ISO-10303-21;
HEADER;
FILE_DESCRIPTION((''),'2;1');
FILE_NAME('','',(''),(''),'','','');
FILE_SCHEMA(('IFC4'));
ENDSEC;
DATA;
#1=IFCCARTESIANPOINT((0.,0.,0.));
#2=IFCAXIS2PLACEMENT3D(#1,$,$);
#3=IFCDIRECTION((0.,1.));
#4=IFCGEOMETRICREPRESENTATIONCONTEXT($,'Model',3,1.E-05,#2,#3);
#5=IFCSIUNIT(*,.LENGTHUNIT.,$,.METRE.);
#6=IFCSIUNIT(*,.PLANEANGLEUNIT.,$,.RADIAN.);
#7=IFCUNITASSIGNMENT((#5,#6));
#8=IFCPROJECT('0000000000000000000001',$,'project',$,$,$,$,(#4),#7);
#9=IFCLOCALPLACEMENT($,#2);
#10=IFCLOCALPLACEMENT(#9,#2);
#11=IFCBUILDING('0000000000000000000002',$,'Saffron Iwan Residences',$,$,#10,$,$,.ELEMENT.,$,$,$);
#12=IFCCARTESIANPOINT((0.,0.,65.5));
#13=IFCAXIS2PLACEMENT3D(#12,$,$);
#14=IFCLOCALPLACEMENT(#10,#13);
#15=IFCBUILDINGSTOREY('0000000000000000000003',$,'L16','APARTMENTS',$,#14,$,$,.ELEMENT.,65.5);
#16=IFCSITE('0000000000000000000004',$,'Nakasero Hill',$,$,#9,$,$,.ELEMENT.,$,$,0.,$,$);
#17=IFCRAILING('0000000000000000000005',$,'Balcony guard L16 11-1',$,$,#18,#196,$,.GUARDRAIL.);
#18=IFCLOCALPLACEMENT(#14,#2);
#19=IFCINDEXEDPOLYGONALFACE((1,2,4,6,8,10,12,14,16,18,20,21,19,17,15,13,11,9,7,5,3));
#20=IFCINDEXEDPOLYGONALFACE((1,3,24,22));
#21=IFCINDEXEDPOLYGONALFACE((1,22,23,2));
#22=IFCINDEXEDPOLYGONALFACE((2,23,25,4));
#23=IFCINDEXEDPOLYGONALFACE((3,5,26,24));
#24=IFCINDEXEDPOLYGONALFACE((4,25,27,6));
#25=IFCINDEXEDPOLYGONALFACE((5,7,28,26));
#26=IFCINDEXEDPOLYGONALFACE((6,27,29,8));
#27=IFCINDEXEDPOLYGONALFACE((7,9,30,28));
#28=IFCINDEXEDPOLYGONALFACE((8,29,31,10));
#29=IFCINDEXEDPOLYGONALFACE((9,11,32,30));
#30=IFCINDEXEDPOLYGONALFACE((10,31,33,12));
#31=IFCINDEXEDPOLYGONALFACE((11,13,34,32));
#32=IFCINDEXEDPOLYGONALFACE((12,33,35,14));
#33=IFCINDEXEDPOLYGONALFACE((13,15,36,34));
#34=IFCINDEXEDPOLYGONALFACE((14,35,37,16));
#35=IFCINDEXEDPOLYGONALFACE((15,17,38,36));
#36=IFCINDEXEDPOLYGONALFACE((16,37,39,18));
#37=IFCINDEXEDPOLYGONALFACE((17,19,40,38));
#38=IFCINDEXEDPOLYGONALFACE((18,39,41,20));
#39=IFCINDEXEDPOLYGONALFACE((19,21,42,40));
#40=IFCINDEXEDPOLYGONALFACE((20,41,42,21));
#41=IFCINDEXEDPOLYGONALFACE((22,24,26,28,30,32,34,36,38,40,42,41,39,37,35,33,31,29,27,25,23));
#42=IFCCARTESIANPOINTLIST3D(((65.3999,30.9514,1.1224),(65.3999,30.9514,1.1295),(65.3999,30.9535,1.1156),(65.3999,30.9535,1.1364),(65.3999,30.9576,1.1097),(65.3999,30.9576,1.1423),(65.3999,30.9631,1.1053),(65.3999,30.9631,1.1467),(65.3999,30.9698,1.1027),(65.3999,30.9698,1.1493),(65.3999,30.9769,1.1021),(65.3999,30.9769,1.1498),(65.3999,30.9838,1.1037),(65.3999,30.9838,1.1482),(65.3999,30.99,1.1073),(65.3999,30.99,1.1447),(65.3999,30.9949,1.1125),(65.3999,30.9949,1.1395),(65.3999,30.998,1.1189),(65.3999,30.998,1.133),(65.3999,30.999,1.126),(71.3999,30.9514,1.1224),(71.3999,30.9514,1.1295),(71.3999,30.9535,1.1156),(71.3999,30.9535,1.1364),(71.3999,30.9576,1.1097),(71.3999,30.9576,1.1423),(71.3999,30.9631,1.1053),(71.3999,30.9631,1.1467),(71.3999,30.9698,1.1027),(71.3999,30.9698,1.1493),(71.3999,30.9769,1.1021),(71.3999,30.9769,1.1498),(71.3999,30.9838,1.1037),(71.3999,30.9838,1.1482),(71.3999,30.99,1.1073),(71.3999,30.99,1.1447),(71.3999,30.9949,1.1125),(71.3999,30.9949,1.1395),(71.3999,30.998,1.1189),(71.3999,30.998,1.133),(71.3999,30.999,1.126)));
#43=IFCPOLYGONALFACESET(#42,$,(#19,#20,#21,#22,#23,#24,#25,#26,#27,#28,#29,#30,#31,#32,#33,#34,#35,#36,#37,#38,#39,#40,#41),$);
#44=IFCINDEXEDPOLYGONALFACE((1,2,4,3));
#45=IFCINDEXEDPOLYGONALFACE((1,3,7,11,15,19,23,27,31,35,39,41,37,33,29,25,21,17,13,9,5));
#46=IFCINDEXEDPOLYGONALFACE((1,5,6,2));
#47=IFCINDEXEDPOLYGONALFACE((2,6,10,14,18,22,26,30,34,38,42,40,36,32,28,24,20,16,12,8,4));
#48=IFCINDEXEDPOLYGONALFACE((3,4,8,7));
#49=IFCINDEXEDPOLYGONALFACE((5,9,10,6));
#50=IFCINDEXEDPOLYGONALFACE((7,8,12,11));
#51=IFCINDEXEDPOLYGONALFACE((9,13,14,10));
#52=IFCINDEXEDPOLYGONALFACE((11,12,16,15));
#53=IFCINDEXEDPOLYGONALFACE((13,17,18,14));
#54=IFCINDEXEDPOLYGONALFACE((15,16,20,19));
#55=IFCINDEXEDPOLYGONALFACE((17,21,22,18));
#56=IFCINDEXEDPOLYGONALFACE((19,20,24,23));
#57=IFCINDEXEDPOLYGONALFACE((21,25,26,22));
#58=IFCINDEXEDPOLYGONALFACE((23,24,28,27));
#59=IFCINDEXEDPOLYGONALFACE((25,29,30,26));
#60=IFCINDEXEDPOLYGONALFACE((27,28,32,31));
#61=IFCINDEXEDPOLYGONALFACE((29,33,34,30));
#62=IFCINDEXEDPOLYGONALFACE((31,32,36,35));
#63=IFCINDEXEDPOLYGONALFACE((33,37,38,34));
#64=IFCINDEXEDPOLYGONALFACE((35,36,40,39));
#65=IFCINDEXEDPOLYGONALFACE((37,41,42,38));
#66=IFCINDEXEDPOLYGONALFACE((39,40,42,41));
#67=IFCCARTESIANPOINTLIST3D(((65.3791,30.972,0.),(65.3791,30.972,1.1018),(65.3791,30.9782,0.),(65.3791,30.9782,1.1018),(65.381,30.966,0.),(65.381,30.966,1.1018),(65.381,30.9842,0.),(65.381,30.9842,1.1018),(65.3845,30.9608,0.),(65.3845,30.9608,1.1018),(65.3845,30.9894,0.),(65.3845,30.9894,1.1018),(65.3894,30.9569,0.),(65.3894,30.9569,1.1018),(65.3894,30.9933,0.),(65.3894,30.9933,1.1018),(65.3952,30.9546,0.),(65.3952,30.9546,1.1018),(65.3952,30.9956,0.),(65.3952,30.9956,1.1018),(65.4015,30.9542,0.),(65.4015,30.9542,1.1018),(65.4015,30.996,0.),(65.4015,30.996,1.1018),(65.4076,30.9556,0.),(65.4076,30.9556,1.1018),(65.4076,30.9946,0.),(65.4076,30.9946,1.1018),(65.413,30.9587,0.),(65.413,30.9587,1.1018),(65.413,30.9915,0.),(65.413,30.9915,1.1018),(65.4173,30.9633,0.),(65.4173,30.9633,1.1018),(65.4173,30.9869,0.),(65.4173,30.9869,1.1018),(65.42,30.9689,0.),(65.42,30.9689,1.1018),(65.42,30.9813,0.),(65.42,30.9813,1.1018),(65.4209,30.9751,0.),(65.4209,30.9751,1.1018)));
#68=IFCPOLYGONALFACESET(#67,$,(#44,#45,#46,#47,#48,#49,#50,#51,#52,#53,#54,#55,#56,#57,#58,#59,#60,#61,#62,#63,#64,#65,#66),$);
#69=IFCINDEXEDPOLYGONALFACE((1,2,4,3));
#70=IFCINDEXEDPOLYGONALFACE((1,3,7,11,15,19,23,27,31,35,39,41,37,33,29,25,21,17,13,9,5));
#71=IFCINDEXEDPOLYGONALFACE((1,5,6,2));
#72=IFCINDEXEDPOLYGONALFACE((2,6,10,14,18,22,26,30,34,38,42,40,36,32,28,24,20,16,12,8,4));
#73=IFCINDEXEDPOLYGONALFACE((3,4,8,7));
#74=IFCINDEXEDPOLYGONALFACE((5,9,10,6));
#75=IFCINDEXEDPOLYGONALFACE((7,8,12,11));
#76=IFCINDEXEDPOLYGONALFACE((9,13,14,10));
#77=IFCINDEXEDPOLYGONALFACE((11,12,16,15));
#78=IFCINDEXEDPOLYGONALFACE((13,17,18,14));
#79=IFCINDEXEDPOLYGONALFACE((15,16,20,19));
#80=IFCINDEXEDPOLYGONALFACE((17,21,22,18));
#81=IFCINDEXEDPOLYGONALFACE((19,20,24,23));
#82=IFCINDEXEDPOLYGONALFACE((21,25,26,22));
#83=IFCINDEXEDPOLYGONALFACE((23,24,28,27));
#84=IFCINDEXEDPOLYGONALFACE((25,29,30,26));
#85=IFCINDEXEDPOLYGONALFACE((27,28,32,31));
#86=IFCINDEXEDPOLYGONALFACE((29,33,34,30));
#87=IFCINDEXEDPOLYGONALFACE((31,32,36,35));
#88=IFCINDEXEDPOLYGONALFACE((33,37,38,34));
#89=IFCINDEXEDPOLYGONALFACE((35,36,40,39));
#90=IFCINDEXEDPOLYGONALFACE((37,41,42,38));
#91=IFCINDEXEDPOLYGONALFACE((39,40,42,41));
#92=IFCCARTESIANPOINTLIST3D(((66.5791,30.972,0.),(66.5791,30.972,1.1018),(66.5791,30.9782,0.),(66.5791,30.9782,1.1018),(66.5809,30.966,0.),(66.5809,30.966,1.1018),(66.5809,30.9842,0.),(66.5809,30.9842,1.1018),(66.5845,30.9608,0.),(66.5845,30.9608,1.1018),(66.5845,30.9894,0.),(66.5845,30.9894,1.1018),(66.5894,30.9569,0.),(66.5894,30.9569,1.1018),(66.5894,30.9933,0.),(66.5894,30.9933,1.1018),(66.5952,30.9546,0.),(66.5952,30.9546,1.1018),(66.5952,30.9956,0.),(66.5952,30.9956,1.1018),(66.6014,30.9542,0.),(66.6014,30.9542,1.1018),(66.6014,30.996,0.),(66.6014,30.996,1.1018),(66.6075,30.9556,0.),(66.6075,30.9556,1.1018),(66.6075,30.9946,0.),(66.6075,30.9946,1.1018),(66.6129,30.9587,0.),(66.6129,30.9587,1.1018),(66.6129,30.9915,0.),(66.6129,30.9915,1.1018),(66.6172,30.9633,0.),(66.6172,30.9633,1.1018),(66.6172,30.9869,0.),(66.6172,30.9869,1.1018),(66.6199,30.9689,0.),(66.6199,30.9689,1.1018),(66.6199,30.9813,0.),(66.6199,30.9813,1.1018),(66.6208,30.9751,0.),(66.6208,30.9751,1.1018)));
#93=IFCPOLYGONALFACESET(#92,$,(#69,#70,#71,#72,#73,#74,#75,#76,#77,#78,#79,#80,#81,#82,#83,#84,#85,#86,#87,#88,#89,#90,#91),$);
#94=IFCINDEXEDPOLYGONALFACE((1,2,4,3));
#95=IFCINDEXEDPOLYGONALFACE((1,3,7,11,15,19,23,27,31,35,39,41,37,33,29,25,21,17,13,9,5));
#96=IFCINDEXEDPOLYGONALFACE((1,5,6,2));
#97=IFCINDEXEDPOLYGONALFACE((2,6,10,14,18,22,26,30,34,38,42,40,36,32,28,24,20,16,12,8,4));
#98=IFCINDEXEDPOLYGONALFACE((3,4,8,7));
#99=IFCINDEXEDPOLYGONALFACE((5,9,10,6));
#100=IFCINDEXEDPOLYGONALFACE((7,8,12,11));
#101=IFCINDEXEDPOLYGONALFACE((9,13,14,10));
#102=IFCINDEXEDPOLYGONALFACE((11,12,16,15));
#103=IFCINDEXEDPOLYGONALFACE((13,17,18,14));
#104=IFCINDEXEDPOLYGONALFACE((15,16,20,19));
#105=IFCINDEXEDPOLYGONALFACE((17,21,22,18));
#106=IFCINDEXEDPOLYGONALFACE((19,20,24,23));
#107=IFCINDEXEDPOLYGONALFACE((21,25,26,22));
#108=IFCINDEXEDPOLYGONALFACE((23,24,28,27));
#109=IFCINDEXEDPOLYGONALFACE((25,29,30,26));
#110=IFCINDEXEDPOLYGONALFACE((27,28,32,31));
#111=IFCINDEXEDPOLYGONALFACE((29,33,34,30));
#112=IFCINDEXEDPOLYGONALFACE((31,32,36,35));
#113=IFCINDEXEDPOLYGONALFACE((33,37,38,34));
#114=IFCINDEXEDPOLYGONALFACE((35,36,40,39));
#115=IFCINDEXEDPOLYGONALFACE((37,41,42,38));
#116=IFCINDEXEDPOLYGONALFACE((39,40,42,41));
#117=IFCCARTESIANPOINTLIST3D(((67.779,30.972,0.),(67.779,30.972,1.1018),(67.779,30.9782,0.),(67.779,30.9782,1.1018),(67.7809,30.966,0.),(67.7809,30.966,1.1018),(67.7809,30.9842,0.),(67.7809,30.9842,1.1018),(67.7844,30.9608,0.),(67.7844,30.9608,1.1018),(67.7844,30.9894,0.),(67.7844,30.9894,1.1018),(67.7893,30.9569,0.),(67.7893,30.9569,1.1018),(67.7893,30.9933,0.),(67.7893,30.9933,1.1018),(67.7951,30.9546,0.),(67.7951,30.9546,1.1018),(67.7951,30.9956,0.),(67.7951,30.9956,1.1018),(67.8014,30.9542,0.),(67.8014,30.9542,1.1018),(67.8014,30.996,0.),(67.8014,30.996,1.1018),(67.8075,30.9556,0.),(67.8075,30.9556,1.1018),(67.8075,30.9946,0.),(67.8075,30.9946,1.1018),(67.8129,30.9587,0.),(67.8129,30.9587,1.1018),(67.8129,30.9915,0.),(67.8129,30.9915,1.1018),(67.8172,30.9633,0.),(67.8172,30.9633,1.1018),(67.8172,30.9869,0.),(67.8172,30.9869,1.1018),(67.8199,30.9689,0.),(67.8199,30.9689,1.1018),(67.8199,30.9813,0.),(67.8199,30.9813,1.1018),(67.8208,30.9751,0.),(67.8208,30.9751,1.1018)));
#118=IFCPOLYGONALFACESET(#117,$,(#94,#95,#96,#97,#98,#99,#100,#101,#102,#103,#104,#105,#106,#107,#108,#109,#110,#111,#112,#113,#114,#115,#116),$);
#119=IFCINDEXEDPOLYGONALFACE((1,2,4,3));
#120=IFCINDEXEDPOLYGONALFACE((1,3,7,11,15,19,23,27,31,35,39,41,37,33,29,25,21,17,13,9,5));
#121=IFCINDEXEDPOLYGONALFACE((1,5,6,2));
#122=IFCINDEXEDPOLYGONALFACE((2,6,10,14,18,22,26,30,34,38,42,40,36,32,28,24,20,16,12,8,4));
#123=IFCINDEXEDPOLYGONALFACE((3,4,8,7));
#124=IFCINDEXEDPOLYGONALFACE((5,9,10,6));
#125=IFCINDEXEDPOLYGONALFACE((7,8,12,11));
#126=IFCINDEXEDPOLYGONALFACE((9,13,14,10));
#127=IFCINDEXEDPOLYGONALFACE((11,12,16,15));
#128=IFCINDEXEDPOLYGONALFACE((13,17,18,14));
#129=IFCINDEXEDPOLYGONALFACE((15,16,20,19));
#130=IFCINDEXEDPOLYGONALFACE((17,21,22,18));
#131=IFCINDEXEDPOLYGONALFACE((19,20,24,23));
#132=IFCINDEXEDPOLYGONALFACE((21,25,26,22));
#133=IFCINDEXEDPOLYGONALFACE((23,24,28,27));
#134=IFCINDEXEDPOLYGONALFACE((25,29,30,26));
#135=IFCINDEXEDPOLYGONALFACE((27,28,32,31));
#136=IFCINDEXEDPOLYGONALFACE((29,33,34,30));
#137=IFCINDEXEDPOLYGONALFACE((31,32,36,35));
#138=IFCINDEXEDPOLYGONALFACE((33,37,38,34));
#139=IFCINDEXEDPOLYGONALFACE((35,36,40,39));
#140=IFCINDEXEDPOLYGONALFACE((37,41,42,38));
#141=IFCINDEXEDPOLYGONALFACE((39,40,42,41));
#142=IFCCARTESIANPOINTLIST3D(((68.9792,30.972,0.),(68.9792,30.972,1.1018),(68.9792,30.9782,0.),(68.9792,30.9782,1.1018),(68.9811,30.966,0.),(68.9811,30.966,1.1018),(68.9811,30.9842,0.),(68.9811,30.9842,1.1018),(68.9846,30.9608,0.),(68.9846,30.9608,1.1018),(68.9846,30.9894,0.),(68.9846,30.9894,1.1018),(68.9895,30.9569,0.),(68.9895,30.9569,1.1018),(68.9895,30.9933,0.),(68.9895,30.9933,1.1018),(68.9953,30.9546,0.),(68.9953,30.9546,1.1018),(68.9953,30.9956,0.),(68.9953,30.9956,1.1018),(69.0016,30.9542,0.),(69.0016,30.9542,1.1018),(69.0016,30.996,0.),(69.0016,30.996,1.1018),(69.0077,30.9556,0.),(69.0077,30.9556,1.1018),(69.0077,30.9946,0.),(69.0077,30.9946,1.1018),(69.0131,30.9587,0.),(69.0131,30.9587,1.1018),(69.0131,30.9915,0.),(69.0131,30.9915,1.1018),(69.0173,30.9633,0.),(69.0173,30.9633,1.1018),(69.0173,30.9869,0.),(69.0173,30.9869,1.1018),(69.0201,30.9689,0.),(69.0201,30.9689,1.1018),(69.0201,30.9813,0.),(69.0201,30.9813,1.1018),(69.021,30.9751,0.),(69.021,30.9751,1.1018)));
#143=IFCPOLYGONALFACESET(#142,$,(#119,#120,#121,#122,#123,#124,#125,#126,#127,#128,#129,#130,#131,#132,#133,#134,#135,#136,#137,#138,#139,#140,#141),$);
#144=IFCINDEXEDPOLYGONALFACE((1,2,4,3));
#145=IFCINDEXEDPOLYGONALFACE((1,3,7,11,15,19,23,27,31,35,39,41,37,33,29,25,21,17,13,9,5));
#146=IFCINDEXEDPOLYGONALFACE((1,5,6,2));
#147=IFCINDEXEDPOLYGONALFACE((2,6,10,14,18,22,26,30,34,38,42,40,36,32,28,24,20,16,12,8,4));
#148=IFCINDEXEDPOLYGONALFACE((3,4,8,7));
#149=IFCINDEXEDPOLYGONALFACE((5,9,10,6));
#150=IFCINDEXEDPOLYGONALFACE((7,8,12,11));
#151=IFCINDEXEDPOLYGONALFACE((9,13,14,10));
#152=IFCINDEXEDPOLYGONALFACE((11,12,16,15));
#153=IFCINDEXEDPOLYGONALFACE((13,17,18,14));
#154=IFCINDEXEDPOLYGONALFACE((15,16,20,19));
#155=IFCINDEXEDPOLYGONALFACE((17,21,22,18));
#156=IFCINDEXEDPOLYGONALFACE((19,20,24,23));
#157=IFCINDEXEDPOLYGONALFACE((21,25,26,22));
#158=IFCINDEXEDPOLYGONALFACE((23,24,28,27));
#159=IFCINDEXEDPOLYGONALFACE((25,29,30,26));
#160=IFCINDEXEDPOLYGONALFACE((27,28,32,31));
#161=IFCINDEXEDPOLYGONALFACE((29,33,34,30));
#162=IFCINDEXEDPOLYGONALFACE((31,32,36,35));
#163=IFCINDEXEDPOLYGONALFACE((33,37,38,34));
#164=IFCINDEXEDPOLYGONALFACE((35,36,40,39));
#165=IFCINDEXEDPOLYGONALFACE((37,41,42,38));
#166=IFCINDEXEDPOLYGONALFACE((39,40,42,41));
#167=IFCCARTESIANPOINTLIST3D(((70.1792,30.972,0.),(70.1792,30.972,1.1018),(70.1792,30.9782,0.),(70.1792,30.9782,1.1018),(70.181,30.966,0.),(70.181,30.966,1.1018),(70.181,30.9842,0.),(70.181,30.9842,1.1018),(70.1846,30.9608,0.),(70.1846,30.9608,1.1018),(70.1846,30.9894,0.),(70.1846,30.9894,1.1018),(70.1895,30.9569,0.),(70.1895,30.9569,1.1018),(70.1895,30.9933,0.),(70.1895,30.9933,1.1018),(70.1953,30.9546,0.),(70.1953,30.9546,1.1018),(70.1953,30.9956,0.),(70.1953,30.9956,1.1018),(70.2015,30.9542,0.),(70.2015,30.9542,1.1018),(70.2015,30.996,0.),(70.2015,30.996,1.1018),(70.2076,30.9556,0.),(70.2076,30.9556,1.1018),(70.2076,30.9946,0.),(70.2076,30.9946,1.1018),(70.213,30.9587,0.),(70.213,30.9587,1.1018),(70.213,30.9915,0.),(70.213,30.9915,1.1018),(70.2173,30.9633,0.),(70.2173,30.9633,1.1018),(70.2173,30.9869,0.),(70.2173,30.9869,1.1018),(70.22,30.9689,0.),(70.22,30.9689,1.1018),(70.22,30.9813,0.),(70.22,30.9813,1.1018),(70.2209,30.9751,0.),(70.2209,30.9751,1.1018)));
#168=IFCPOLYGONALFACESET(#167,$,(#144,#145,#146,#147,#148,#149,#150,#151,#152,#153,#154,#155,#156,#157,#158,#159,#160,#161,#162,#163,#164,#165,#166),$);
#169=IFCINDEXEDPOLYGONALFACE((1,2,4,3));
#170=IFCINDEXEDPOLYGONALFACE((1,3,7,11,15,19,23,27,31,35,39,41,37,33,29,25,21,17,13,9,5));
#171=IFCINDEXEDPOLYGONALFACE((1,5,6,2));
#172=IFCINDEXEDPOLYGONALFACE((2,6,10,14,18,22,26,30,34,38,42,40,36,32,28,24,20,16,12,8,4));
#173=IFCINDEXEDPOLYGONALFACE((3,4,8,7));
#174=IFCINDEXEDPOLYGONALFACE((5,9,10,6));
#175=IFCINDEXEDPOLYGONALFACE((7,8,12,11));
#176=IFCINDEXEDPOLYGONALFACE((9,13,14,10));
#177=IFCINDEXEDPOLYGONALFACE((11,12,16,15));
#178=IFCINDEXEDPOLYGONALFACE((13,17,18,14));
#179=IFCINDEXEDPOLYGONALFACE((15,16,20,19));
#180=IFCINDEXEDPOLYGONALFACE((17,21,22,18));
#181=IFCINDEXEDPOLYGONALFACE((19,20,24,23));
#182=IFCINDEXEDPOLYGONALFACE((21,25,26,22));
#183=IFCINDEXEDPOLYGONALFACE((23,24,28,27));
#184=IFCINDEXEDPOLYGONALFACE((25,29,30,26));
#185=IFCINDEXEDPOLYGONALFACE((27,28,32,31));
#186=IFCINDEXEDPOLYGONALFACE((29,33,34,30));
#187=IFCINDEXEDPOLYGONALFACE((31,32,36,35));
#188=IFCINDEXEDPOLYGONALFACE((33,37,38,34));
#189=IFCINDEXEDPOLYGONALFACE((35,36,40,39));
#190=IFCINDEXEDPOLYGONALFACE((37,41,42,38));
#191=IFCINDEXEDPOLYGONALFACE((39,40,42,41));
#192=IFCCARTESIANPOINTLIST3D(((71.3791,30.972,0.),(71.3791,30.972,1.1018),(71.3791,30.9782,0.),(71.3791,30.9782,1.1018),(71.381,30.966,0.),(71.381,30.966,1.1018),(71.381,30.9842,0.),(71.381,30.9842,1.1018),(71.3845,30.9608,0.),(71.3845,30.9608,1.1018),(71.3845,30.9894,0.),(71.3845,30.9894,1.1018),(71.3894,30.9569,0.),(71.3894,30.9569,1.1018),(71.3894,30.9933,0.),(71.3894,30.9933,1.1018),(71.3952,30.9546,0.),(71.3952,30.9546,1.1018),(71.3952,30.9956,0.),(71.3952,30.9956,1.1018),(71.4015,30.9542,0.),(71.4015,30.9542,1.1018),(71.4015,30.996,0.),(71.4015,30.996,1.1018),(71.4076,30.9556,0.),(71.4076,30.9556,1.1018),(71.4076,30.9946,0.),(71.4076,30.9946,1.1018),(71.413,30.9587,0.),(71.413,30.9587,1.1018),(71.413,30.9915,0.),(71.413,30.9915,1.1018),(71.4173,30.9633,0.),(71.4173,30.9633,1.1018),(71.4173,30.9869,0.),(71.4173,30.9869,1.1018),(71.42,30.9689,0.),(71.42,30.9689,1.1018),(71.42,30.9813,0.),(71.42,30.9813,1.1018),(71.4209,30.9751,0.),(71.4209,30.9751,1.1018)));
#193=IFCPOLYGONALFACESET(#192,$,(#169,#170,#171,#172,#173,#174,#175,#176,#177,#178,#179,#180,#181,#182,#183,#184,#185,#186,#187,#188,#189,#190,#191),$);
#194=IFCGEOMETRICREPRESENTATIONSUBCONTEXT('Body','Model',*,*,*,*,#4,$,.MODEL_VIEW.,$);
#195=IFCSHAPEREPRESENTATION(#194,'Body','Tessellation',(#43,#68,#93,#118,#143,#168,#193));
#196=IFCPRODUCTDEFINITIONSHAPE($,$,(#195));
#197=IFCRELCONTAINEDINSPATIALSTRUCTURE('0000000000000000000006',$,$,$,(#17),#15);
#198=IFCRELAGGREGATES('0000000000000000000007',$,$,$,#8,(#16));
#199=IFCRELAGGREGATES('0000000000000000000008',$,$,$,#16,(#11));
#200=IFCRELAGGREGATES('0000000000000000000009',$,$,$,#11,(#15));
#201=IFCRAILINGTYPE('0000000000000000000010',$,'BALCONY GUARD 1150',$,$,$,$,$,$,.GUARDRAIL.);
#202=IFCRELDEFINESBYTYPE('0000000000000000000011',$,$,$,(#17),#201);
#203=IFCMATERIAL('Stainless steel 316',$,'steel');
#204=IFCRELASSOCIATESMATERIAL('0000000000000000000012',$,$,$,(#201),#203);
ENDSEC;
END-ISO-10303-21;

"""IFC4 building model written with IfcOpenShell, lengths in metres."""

from ifc_helpers import new_model, si_unit, direction, frame, origin, origin_2d, place, context, subcontext, project, spatial, circle, extrude, material, type_object, element, save


model = new_model("IFC4")

# Units and contexts
model_context = context("Model", 3, precision=1e-05, world=origin(), true_north=direction((0.0, 1.0)))
body_context = subcontext(model_context, "Body", "Model", "MODEL_VIEW")
ifc_project = project(units=[si_unit("LENGTHUNIT", "METRE"), si_unit("PLANEANGLEUNIT", "RADIAN")], contexts=[model_context])

# Site, building, storey
site_placement = place(None, origin())
site = spatial("IfcSite", under=ifc_project, at=site_placement, Name="Nakasero Hill", CompositionType="ELEMENT", RefElevation=0.0)
building_placement = place(site_placement, origin())
building = spatial("IfcBuilding", under=site, at=building_placement, Name="Saffron Iwan Residences", CompositionType="ELEMENT")
storey_placement = place(building_placement, frame((0.0, 0.0, 65.5)))
storey = spatial("IfcBuildingStorey", under=building, at=storey_placement, Name="L16", Description="APARTMENTS", CompositionType="ELEMENT", Elevation=65.5)

# Railing
ifc_material_1 = material(Name="Stainless steel 316", Category="steel")
railing_type = type_object("IfcRailingType", Name="BALCONY GUARD 1150", PredefinedType="GUARDRAIL", material=ifc_material_1)
railing_placement = place(storey_placement, frame((65.3999, 30.9751, 0.0)))
element("IfcRailing", 1, at=railing_placement, inside=storey, type_object=railing_type, Name="Balcony guard L16 11-1", PredefinedType="GUARDRAIL", context=body_context, shape_type="SweptSolid", body=[
    extrude(circle(Radius=0.0239, at=origin_2d()), frame((0.0, 0.0, 1.126), z_axis=(1.0, 0.0, 0.0), x_axis=(0.0, 1.0, 0.0)), (0.0, 0.0, 1.0), 6.0),
    extrude(circle(Radius=0.021, at=origin_2d()), origin(), (0.0, 0.0, 1.0), 1.1018),
    extrude(circle(Radius=0.021, at=origin_2d()), frame((1.2, 0.0, 0.0)), (0.0, 0.0, 1.0), 1.1018),
    extrude(circle(Radius=0.021, at=origin_2d()), frame((2.3999, 0.0, 0.0)), (0.0, 0.0, 1.0), 1.1018),
    extrude(circle(Radius=0.021, at=origin_2d()), frame((3.6001, 0.0, 0.0)), (0.0, 0.0, 1.0), 1.1018),
    extrude(circle(Radius=0.021, at=origin_2d()), frame((4.8, 0.0, 0.0)), (0.0, 0.0, 1.0), 1.1018),
    extrude(circle(Radius=0.021, at=origin_2d()), frame((6.0, 0.0, 0.0)), (0.0, 0.0, 1.0), 1.1018),
])

save(model, "model.ifc")
